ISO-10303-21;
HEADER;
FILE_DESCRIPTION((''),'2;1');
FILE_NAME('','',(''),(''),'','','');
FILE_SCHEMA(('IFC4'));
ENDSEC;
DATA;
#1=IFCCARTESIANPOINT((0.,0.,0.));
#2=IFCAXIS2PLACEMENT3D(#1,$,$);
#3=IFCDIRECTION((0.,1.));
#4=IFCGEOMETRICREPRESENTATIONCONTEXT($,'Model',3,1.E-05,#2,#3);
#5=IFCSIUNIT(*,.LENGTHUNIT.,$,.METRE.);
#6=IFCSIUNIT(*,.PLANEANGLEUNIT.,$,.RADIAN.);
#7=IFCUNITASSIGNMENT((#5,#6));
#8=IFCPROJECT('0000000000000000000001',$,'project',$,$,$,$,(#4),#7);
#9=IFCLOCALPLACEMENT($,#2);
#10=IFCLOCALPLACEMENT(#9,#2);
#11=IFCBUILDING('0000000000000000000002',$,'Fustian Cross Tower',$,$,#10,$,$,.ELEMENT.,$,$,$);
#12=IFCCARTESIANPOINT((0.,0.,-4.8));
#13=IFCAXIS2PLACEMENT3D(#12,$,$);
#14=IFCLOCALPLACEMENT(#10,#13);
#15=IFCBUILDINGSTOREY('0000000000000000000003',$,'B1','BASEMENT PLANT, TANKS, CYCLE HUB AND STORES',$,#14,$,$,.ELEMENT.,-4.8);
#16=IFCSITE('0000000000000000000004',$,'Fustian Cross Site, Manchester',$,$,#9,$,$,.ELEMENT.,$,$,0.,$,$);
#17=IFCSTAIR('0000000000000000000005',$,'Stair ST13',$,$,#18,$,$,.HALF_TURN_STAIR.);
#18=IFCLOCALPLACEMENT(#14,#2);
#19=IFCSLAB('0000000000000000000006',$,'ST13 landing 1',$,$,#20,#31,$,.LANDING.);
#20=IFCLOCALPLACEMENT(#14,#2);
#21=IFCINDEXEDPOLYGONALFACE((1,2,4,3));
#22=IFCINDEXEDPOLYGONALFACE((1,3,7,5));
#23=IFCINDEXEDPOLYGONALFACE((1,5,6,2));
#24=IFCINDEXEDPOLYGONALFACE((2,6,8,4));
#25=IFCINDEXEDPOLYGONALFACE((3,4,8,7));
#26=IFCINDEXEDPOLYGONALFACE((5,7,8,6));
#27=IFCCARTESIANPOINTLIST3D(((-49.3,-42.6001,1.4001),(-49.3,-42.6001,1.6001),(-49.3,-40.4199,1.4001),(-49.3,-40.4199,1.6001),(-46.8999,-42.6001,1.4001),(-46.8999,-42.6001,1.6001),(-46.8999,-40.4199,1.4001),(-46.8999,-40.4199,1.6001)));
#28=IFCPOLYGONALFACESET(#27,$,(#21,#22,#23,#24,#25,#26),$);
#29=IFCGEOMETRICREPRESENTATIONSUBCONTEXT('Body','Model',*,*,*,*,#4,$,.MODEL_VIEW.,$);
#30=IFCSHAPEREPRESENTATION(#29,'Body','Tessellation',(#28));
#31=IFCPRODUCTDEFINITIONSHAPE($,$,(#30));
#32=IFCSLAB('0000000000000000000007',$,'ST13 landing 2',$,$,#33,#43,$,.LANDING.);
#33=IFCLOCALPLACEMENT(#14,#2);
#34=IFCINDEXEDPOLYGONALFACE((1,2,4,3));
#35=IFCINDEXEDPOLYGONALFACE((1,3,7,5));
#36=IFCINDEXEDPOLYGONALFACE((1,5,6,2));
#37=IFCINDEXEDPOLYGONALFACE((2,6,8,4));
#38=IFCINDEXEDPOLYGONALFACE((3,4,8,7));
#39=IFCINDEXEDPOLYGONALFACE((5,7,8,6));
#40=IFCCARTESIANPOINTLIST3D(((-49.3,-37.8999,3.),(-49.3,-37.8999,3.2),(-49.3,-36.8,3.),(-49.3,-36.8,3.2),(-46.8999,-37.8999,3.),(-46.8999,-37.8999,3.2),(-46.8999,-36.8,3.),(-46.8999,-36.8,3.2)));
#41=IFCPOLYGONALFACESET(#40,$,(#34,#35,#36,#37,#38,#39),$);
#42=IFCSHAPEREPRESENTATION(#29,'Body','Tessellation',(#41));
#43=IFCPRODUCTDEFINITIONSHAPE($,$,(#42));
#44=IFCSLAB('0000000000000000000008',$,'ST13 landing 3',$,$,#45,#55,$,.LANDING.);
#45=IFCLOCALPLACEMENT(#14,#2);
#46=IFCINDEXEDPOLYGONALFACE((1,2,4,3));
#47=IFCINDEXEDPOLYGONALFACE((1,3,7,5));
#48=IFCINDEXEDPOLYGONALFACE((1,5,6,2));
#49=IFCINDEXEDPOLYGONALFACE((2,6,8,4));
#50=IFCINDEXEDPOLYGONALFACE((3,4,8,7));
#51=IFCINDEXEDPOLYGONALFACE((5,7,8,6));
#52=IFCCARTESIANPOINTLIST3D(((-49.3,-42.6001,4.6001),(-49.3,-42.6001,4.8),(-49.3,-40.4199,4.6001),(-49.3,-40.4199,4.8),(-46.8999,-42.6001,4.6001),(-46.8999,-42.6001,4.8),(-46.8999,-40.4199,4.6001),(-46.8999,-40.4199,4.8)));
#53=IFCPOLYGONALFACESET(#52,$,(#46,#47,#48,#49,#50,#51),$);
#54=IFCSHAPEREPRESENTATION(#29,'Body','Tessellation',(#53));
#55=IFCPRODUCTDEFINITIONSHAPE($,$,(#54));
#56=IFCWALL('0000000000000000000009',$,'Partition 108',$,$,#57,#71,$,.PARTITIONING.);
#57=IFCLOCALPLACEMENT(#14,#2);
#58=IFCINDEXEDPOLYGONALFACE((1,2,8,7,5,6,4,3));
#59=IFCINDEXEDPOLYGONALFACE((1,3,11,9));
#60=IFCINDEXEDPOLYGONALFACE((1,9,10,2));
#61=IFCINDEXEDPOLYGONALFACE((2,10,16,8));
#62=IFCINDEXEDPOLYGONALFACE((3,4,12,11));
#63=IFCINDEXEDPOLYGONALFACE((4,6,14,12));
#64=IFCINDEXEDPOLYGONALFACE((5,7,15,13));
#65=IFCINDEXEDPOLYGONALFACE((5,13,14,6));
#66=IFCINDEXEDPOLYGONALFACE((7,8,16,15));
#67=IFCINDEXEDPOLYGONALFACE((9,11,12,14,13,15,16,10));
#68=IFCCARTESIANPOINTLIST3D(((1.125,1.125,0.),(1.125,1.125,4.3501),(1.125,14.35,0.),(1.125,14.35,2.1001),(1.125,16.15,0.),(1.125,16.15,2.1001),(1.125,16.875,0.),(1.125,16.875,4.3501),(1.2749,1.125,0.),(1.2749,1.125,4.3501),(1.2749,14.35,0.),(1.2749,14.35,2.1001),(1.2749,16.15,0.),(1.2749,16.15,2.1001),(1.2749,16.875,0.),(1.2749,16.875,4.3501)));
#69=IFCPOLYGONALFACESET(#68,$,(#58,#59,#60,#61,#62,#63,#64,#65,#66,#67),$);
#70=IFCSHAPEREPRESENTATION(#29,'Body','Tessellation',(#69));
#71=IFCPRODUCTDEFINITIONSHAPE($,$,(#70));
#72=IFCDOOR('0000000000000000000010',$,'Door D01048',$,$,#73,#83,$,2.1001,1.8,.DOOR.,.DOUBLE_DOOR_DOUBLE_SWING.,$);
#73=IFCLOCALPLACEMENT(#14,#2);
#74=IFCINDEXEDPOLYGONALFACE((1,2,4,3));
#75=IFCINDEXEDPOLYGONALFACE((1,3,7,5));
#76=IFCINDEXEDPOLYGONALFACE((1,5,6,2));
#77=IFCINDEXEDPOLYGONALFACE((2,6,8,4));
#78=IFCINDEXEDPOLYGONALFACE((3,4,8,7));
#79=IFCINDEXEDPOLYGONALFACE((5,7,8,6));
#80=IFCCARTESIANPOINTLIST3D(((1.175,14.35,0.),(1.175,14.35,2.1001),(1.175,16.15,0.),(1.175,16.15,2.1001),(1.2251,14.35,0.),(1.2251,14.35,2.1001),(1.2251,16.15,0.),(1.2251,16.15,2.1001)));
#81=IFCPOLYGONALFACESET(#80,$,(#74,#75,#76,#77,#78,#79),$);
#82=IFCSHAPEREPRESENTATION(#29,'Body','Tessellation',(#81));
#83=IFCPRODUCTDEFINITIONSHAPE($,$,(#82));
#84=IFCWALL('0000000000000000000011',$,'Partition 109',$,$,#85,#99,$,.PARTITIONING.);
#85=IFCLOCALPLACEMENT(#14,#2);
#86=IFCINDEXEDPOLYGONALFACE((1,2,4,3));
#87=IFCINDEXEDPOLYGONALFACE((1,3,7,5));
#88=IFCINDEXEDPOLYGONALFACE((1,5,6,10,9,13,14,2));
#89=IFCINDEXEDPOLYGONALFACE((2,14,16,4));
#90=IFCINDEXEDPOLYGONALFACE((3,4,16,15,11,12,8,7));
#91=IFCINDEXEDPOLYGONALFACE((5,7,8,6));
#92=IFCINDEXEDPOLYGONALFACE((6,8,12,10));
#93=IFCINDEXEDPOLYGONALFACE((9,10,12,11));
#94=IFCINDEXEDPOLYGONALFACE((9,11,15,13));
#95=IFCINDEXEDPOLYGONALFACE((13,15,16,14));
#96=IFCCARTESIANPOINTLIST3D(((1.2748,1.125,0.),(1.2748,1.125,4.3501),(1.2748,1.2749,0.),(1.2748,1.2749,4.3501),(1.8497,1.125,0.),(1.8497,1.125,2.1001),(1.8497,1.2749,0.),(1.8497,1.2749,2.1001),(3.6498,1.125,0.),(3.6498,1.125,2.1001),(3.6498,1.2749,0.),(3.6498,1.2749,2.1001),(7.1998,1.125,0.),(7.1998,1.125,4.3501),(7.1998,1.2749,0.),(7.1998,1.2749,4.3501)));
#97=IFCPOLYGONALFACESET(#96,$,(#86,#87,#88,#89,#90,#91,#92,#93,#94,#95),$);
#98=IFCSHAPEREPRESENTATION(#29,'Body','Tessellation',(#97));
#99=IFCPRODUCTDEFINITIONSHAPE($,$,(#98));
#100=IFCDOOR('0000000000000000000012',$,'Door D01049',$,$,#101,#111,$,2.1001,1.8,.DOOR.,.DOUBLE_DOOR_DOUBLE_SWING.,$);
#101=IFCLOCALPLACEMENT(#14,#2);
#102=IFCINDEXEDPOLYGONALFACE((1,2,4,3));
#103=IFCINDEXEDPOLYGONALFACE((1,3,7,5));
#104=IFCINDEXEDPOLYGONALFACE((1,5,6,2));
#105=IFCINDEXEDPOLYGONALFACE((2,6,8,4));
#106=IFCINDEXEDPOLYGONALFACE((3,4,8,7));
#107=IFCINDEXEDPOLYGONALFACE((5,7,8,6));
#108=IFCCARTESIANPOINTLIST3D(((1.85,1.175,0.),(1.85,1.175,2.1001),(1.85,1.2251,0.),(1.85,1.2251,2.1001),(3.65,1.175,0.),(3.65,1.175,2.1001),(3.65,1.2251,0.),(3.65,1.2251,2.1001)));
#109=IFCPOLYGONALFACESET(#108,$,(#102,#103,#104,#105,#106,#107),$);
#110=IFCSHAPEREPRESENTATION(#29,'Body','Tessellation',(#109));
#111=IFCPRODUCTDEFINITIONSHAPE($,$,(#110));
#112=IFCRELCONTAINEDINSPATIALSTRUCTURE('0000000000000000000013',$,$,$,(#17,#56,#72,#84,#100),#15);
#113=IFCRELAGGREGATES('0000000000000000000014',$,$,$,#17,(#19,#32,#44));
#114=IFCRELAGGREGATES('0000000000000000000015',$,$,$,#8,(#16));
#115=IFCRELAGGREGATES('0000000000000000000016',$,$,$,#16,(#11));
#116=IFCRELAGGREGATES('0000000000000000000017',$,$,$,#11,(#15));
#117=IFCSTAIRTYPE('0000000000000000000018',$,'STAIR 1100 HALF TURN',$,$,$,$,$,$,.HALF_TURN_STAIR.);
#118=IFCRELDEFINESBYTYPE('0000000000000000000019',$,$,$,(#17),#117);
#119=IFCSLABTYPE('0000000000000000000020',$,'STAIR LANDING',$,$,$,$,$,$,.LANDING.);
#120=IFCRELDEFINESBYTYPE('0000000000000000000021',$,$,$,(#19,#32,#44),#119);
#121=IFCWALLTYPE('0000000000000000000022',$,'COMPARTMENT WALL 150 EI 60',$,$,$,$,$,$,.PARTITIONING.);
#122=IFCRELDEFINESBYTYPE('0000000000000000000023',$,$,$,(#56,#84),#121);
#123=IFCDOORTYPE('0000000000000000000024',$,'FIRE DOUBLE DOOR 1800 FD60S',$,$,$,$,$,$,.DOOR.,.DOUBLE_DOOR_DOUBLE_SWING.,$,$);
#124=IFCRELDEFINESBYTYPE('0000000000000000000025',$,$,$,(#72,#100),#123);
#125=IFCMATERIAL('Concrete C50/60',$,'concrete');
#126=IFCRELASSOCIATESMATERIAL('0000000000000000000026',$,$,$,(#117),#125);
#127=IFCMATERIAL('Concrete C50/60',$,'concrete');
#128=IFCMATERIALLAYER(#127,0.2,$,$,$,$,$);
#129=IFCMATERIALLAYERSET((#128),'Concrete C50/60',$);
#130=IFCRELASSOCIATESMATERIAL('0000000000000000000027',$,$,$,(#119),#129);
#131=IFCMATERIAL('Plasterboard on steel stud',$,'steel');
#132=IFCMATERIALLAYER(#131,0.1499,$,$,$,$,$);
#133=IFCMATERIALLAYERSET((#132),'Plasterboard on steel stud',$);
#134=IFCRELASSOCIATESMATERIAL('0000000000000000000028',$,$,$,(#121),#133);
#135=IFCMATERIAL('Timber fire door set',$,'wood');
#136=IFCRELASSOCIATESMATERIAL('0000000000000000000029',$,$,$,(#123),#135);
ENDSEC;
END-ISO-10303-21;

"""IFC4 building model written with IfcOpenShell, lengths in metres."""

from ifc_helpers import new_model, si_unit, direction, frame, frame_2d, origin, place, context, subcontext, project, spatial, polyline, rectangle, outline, extrude, material, layer, layer_set, type_object, element, fill, aggregate, save


model = new_model("IFC4")

# Units and contexts
model_context = context("Model", 3, precision=1e-05, world=origin(), true_north=direction((0.0, 1.0)))
body_context = subcontext(model_context, "Body", "Model", "MODEL_VIEW")
ifc_project = project(units=[si_unit("LENGTHUNIT", "METRE"), si_unit("PLANEANGLEUNIT", "RADIAN")], contexts=[model_context])

# Site, building, storey
site_placement = place(None, origin())
site = spatial("IfcSite", under=ifc_project, at=site_placement, Name="Fustian Cross Site, Manchester", CompositionType="ELEMENT", RefElevation=0.0)
building_placement = place(site_placement, origin())
building = spatial("IfcBuilding", under=site, at=building_placement, Name="Fustian Cross Tower", CompositionType="ELEMENT")
storey_placement = place(building_placement, frame((0.0, 0.0, -4.8)))
storey = spatial("IfcBuildingStorey", under=building, at=storey_placement, Name="B1", Description="BASEMENT PLANT, TANKS, CYCLE HUB AND STORES", CompositionType="ELEMENT", Elevation=-4.8)

# Stair, slabs
ifc_material_1 = material(Name="Concrete C50/60", Category="concrete")
stair_type = type_object("IfcStairType", Name="STAIR 1100 HALF TURN", PredefinedType="HALF_TURN_STAIR", material=ifc_material_1)
ifc_material_2 = material(Name="Concrete C50/60", Category="concrete")
ifc_layer_1 = layer(ifc_material_2, 0.2)
ifc_layer_set_1 = layer_set([ifc_layer_1], Name="Concrete C50/60")
slab_type = type_object("IfcSlabType", Name="STAIR LANDING", PredefinedType="LANDING", material=ifc_layer_set_1)
stair_1_placement = place(storey_placement, origin())
stair_1 = element("IfcStair", 1, at=stair_1_placement, inside=storey, type_object=stair_type, Name="Stair ST13", PredefinedType="HALF_TURN_STAIR")
slab_1_placement = place(storey_placement, frame((0.0, 0.0, 1.4001)))
slab_1 = element("IfcSlab", 2, at=slab_1_placement, type_object=slab_type, Name="ST13 landing 1", PredefinedType="LANDING", context=body_context, shape_type="SweptSolid", body=[
    extrude(outline(polyline([(-49.3, -40.4199), (-49.3, -42.6001), (-46.8999, -42.6001), (-46.8999, -40.4199), (-49.3, -40.4199)])), origin(), (0.0, 0.0, 1.0), 0.2),
])
slab_2_placement = place(storey_placement, frame((0.0, 0.0, 3.0)))
slab_2 = element("IfcSlab", 3, at=slab_2_placement, type_object=slab_type, Name="ST13 landing 2", PredefinedType="LANDING", context=body_context, shape_type="SweptSolid", body=[
    extrude(outline(polyline([(-49.3, -36.8), (-49.3, -37.8999), (-46.8999, -37.8999), (-46.8999, -36.8), (-49.3, -36.8)])), origin(), (0.0, 0.0, 1.0), 0.2),
])
slab_3_placement = place(storey_placement, frame((0.0, 0.0, 4.6001)))
slab_3 = element("IfcSlab", 4, at=slab_3_placement, type_object=slab_type, Name="ST13 landing 3", PredefinedType="LANDING", context=body_context, shape_type="SweptSolid", body=[
    extrude(outline(polyline([(-49.3, -40.4199), (-49.3, -42.6001), (-46.8999, -42.6001), (-46.8999, -40.4199), (-49.3, -40.4199)])), origin(), (0.0, 0.0, 1.0), 0.2),
])
aggregate(stair_1, [slab_1, slab_2, slab_3])

# Walls, openings, doors
ifc_material_3 = material(Name="Plasterboard on steel stud", Category="steel")
ifc_layer_2 = layer(ifc_material_3, 0.1499)
ifc_layer_set_2 = layer_set([ifc_layer_2], Name="Plasterboard on steel stud")
wall_type_1 = type_object("IfcWallType", Name="COMPARTMENT WALL 150 EI 60", PredefinedType="PARTITIONING", material=ifc_layer_set_2)
wall_1_placement = place(storey_placement, frame((1.2, 1.125, 0.0), z_axis=(0.0, 0.0, 1.0), x_axis=(0.0, 1.0, 0.0)))
wall_1 = element("IfcWall", 5, at=wall_1_placement, inside=storey, type_object=wall_type_1, Name="Partition 108", PredefinedType="PARTITIONING", context=body_context, shape_type="SweptSolid", body=[
    extrude(rectangle(XDim=15.75, YDim=0.1499, at=frame_2d((7.875, 0.0))), origin(), (0.0, 0.0, 1.0), 4.3501),
])
opening_1_placement = place(wall_1_placement, frame((13.2251, 0.0, 0.0)))
opening_1 = element("IfcOpeningElement", 6, at=opening_1_placement, cuts=wall_1, PredefinedType="OPENING", context=body_context, shape_type="SweptSolid", body=[
    extrude(rectangle(XDim=1.8, YDim=2.1001, at=frame_2d((0.8999, 1.05))), frame((0.0, 0.085, 0.0), z_axis=(0.0, -1.0, 0.0), x_axis=(1.0, 0.0, 0.0)), (0.0, 0.0, 1.0), 0.1699),
])
ifc_material_4 = material(Name="Timber fire door set", Category="wood")
door_type_1 = type_object("IfcDoorType", Name="FIRE DOUBLE DOOR 1800 FD60S", OperationType="DOUBLE_DOOR_DOUBLE_SWING", PredefinedType="DOOR", material=ifc_material_4)
door_1_placement = place(opening_1_placement, origin())
door_1 = element("IfcDoor", 7, at=door_1_placement, inside=storey, type_object=door_type_1, Name="Door D01048", OperationType="DOUBLE_DOOR_DOUBLE_SWING", OverallHeight=2.1001, OverallWidth=1.8, PredefinedType="DOOR", context=body_context, shape_type="SweptSolid", body=[
    extrude(rectangle(XDim=1.8, YDim=2.1001, at=frame_2d((0.8999, 1.05))), frame((0.0, 0.0249, 0.0), z_axis=(0.0, -1.0, 0.0), x_axis=(1.0, 0.0, 0.0)), (0.0, 0.0, 1.0), 0.05),
])
fill(opening_1, door_1)
wall_2_placement = place(storey_placement, frame((1.2749, 1.2, 0.0), z_axis=(0.0, 0.0, 1.0), x_axis=(1.0, 0.0, 0.0)))
wall_2 = element("IfcWall", 8, at=wall_2_placement, inside=storey, type_object=wall_type_1, Name="Partition 109", PredefinedType="PARTITIONING", context=body_context, shape_type="SweptSolid", body=[
    extrude(rectangle(XDim=5.925, YDim=0.1499, at=frame_2d((2.9624, 0.0))), origin(), (0.0, 0.0, 1.0), 4.3501),
])
opening_2_placement = place(wall_2_placement, frame((0.575, 0.0, 0.0)))
opening_2 = element("IfcOpeningElement", 9, at=opening_2_placement, cuts=wall_2, PredefinedType="OPENING", context=body_context, shape_type="SweptSolid", body=[
    extrude(rectangle(XDim=1.8, YDim=2.1001, at=frame_2d((0.8999, 1.05))), frame((0.0, 0.085, 0.0), z_axis=(0.0, -1.0, 0.0), x_axis=(1.0, 0.0, 0.0)), (0.0, 0.0, 1.0), 0.1699),
])
door_2_placement = place(opening_2_placement, frame((1.8, 0.0, 0.0), z_axis=(0.0, 0.0, 1.0), x_axis=(-1.0, 0.0, 0.0)))
door_2 = element("IfcDoor", 10, at=door_2_placement, inside=storey, type_object=door_type_1, Name="Door D01049", OperationType="DOUBLE_DOOR_DOUBLE_SWING", OverallHeight=2.1001, OverallWidth=1.8, PredefinedType="DOOR", context=body_context, shape_type="SweptSolid", body=[
    extrude(rectangle(XDim=1.8, YDim=2.1001, at=frame_2d((0.8999, 1.05))), frame((0.0, 0.0249, 0.0), z_axis=(0.0, -1.0, 0.0), x_axis=(1.0, 0.0, 0.0)), (0.0, 0.0, 1.0), 0.05),
])
fill(opening_2, door_2)

save(model, "model.ifc")
